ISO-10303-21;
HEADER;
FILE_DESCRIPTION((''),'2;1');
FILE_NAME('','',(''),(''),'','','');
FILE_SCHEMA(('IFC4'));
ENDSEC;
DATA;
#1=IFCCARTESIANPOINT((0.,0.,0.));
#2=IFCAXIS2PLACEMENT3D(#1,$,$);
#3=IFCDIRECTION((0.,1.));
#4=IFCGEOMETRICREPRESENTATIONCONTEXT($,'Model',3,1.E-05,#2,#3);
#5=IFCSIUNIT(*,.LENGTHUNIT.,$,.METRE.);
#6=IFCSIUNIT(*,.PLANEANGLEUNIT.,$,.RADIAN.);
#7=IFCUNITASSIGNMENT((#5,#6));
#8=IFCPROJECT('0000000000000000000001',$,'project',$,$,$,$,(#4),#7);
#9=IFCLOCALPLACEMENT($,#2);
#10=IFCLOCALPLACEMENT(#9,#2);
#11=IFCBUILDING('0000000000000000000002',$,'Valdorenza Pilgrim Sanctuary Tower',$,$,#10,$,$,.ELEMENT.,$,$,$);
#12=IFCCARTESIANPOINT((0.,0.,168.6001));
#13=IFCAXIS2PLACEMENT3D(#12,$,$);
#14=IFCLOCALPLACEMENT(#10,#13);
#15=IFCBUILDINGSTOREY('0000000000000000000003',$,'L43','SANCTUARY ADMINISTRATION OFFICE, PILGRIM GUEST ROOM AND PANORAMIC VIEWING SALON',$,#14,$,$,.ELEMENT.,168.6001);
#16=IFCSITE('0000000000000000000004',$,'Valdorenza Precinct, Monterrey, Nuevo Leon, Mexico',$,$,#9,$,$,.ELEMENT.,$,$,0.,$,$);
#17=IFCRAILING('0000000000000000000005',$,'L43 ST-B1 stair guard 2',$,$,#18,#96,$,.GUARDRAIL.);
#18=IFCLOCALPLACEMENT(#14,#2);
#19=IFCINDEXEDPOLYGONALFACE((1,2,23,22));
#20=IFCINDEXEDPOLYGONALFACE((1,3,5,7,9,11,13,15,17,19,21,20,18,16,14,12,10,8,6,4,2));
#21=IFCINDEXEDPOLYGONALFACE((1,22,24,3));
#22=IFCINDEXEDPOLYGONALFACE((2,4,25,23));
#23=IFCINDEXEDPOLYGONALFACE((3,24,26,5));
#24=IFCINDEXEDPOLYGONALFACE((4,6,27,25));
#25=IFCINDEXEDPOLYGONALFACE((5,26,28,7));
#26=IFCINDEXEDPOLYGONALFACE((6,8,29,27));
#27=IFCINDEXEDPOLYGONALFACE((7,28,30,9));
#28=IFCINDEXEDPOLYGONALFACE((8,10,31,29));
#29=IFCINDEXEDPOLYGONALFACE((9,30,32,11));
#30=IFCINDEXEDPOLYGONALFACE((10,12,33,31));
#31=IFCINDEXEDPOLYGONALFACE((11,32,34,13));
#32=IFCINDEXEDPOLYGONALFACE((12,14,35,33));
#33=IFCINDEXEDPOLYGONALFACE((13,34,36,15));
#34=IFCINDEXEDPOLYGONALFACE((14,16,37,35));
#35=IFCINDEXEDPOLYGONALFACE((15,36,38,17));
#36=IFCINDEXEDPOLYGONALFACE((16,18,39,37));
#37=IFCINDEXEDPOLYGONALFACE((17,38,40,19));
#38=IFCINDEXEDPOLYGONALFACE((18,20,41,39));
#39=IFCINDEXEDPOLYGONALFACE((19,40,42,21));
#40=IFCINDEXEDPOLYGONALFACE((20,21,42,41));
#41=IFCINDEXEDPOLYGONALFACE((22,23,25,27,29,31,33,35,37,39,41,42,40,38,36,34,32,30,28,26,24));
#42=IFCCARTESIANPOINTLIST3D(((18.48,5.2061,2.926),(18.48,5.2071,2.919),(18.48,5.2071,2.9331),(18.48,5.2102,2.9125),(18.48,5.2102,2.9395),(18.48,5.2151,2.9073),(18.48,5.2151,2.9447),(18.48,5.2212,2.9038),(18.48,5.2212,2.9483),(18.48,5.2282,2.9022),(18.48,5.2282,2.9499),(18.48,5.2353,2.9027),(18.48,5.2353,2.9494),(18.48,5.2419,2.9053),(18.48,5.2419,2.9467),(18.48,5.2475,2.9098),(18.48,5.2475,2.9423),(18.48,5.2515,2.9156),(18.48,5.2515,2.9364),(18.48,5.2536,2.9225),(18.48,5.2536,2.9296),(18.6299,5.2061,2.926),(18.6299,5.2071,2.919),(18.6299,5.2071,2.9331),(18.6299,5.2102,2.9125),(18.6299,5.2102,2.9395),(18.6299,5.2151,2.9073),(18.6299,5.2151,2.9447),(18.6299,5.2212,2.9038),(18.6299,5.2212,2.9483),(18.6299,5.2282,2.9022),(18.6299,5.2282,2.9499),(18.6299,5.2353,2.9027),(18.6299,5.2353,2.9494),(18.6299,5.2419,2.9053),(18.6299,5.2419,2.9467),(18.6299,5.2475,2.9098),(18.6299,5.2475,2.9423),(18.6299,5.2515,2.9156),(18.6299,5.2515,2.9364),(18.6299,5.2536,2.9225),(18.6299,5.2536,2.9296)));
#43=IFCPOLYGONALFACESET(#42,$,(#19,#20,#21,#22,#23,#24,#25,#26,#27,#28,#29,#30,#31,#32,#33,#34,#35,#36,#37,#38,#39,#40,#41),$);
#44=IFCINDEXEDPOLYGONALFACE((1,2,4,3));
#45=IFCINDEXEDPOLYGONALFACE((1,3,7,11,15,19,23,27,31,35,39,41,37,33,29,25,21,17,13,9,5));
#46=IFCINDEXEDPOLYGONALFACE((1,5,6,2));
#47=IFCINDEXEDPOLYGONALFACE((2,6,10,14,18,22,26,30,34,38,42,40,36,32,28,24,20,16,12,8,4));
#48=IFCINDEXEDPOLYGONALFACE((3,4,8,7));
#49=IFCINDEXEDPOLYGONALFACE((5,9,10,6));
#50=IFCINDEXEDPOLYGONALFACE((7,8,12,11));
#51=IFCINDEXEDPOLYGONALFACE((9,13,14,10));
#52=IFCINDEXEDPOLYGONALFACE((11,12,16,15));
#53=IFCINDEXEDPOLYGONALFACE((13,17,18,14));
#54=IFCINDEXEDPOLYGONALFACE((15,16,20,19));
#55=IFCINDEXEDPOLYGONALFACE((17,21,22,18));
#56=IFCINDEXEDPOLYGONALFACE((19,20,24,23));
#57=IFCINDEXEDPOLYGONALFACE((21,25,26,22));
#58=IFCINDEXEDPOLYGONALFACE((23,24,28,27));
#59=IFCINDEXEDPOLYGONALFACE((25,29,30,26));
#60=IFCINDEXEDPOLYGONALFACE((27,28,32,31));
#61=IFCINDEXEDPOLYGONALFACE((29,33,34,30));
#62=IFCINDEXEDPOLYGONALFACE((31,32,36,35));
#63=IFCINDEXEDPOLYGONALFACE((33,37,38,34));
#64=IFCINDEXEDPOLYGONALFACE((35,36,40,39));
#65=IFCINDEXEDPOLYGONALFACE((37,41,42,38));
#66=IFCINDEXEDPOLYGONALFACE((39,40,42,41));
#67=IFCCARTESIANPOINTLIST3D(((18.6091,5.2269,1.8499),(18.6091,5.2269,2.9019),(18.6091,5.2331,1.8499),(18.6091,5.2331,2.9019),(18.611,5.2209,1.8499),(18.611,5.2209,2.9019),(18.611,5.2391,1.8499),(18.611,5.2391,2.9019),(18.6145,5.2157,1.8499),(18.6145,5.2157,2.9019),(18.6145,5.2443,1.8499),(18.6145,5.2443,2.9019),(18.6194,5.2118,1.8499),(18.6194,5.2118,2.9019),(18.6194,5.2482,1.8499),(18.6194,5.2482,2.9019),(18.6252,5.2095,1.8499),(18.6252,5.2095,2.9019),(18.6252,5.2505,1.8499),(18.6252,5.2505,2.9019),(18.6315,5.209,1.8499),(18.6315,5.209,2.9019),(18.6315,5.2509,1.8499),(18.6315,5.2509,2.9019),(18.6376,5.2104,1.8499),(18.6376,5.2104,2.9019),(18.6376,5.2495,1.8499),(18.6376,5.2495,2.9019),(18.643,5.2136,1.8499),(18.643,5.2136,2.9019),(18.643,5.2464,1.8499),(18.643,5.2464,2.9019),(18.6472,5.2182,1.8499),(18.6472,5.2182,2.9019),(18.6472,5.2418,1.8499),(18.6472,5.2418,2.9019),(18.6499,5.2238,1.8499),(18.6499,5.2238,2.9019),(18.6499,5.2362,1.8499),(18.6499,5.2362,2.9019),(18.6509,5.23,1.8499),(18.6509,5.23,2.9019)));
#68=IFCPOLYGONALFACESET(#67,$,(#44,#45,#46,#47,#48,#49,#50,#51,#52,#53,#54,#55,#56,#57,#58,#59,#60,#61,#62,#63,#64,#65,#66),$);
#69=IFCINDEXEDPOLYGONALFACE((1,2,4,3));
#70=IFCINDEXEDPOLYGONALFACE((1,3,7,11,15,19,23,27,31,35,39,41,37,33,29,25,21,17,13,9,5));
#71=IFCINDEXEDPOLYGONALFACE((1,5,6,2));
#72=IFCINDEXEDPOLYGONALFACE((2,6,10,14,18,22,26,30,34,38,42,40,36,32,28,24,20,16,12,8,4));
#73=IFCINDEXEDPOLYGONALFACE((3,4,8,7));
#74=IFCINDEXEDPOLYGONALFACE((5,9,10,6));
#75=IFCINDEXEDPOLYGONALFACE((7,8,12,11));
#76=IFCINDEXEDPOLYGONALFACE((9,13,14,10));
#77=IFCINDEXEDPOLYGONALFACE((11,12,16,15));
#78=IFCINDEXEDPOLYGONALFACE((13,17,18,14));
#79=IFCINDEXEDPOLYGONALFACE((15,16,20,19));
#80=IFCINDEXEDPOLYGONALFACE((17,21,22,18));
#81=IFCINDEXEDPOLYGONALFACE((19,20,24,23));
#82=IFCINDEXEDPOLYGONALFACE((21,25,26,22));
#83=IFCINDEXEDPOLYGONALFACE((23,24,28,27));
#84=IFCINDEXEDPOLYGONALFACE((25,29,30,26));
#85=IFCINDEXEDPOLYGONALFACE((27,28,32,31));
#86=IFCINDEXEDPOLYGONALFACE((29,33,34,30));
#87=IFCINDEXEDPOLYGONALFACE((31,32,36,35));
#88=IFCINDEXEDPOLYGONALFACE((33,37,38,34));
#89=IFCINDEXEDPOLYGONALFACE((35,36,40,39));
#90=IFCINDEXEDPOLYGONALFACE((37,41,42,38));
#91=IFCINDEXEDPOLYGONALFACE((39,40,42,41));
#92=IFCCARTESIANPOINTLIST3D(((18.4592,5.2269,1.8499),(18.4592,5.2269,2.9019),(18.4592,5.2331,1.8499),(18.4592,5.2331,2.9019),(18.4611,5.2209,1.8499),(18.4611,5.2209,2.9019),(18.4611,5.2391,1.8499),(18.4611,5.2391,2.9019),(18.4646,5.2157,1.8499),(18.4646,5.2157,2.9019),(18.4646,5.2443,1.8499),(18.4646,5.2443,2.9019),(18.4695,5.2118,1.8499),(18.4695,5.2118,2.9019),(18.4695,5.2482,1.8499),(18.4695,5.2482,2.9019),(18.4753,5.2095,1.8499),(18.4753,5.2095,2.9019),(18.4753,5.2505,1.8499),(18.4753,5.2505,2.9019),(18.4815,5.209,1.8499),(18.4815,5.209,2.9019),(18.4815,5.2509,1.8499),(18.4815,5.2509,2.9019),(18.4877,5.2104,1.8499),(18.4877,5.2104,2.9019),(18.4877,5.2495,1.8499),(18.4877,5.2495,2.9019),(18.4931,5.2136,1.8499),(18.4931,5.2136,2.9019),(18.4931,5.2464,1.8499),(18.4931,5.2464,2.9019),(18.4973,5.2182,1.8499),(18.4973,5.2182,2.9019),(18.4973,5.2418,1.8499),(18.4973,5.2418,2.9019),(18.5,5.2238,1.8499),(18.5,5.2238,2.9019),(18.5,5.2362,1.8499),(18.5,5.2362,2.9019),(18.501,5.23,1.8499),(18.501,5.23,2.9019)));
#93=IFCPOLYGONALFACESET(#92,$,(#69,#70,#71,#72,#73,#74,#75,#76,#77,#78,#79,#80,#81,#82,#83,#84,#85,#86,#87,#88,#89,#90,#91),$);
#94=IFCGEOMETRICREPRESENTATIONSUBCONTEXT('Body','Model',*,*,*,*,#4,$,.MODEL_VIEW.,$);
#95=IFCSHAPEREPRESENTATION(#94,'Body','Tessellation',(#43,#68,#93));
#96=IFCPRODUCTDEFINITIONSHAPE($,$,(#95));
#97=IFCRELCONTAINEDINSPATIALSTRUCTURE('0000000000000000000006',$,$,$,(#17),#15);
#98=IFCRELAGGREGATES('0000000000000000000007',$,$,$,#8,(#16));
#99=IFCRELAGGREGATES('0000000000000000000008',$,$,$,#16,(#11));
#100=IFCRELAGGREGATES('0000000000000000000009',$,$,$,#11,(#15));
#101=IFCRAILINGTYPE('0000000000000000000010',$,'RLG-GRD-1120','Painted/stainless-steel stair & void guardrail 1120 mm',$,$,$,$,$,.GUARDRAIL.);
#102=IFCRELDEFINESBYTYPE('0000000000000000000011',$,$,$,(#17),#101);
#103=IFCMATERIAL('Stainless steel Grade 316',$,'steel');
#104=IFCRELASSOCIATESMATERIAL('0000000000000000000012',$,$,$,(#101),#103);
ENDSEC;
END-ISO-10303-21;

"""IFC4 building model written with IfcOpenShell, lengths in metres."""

from ifc_helpers import new_model, si_unit, direction, frame, origin, origin_2d, place, context, subcontext, project, spatial, circle, extrude, material, type_object, element, save


model = new_model("IFC4")

# Units and contexts
model_context = context("Model", 3, precision=1e-05, world=origin(), true_north=direction((0.0, 1.0)))
body_context = subcontext(model_context, "Body", "Model", "MODEL_VIEW")
ifc_project = project(units=[si_unit("LENGTHUNIT", "METRE"), si_unit("PLANEANGLEUNIT", "RADIAN")], contexts=[model_context])

# Site, building, storey
site_placement = place(None, origin())
site = spatial("IfcSite", under=ifc_project, at=site_placement, Name="Valdorenza Precinct, Monterrey, Nuevo Leon, Mexico", CompositionType="ELEMENT", RefElevation=0.0)
building_placement = place(site_placement, origin())
building = spatial("IfcBuilding", under=site, at=building_placement, Name="Valdorenza Pilgrim Sanctuary Tower", CompositionType="ELEMENT")
storey_placement = place(building_placement, frame((0.0, 0.0, 168.6001)))
storey = spatial("IfcBuildingStorey", under=building, at=storey_placement, Name="L43", Description="SANCTUARY ADMINISTRATION OFFICE, PILGRIM GUEST ROOM AND PANORAMIC VIEWING SALON", CompositionType="ELEMENT", Elevation=168.6001)

# Railing
ifc_material_1 = material(Name="Stainless steel Grade 316", Category="steel")
railing_type_1 = type_object("IfcRailingType", Name="RLG-GRD-1120", Description="Painted/stainless-steel stair & void guardrail 1120 mm", PredefinedType="GUARDRAIL", material=ifc_material_1)
railing_1_placement = place(storey_placement, frame((18.6299, 5.23, 1.8499)))
element("IfcRailing", 1, at=railing_1_placement, inside=storey, type_object=railing_type_1, Name="L43 ST-B1 stair guard 2", PredefinedType="GUARDRAIL", context=body_context, shape_type="SweptSolid", body=[
    extrude(circle(Radius=0.0239, at=origin_2d()), frame((0.0, 0.0, 1.0762), z_axis=(-1.0, 0.0, 0.0), x_axis=(0.0, -1.0, 0.0)), (0.0, 0.0, 1.0), 0.1499),
    extrude(circle(Radius=0.021, at=origin_2d()), origin(), (0.0, 0.0, 1.0), 1.052),
    extrude(circle(Radius=0.021, at=origin_2d()), frame((-0.1499, 0.0, 0.0)), (0.0, 0.0, 1.0), 1.052),
])

save(model, "model.ifc")
